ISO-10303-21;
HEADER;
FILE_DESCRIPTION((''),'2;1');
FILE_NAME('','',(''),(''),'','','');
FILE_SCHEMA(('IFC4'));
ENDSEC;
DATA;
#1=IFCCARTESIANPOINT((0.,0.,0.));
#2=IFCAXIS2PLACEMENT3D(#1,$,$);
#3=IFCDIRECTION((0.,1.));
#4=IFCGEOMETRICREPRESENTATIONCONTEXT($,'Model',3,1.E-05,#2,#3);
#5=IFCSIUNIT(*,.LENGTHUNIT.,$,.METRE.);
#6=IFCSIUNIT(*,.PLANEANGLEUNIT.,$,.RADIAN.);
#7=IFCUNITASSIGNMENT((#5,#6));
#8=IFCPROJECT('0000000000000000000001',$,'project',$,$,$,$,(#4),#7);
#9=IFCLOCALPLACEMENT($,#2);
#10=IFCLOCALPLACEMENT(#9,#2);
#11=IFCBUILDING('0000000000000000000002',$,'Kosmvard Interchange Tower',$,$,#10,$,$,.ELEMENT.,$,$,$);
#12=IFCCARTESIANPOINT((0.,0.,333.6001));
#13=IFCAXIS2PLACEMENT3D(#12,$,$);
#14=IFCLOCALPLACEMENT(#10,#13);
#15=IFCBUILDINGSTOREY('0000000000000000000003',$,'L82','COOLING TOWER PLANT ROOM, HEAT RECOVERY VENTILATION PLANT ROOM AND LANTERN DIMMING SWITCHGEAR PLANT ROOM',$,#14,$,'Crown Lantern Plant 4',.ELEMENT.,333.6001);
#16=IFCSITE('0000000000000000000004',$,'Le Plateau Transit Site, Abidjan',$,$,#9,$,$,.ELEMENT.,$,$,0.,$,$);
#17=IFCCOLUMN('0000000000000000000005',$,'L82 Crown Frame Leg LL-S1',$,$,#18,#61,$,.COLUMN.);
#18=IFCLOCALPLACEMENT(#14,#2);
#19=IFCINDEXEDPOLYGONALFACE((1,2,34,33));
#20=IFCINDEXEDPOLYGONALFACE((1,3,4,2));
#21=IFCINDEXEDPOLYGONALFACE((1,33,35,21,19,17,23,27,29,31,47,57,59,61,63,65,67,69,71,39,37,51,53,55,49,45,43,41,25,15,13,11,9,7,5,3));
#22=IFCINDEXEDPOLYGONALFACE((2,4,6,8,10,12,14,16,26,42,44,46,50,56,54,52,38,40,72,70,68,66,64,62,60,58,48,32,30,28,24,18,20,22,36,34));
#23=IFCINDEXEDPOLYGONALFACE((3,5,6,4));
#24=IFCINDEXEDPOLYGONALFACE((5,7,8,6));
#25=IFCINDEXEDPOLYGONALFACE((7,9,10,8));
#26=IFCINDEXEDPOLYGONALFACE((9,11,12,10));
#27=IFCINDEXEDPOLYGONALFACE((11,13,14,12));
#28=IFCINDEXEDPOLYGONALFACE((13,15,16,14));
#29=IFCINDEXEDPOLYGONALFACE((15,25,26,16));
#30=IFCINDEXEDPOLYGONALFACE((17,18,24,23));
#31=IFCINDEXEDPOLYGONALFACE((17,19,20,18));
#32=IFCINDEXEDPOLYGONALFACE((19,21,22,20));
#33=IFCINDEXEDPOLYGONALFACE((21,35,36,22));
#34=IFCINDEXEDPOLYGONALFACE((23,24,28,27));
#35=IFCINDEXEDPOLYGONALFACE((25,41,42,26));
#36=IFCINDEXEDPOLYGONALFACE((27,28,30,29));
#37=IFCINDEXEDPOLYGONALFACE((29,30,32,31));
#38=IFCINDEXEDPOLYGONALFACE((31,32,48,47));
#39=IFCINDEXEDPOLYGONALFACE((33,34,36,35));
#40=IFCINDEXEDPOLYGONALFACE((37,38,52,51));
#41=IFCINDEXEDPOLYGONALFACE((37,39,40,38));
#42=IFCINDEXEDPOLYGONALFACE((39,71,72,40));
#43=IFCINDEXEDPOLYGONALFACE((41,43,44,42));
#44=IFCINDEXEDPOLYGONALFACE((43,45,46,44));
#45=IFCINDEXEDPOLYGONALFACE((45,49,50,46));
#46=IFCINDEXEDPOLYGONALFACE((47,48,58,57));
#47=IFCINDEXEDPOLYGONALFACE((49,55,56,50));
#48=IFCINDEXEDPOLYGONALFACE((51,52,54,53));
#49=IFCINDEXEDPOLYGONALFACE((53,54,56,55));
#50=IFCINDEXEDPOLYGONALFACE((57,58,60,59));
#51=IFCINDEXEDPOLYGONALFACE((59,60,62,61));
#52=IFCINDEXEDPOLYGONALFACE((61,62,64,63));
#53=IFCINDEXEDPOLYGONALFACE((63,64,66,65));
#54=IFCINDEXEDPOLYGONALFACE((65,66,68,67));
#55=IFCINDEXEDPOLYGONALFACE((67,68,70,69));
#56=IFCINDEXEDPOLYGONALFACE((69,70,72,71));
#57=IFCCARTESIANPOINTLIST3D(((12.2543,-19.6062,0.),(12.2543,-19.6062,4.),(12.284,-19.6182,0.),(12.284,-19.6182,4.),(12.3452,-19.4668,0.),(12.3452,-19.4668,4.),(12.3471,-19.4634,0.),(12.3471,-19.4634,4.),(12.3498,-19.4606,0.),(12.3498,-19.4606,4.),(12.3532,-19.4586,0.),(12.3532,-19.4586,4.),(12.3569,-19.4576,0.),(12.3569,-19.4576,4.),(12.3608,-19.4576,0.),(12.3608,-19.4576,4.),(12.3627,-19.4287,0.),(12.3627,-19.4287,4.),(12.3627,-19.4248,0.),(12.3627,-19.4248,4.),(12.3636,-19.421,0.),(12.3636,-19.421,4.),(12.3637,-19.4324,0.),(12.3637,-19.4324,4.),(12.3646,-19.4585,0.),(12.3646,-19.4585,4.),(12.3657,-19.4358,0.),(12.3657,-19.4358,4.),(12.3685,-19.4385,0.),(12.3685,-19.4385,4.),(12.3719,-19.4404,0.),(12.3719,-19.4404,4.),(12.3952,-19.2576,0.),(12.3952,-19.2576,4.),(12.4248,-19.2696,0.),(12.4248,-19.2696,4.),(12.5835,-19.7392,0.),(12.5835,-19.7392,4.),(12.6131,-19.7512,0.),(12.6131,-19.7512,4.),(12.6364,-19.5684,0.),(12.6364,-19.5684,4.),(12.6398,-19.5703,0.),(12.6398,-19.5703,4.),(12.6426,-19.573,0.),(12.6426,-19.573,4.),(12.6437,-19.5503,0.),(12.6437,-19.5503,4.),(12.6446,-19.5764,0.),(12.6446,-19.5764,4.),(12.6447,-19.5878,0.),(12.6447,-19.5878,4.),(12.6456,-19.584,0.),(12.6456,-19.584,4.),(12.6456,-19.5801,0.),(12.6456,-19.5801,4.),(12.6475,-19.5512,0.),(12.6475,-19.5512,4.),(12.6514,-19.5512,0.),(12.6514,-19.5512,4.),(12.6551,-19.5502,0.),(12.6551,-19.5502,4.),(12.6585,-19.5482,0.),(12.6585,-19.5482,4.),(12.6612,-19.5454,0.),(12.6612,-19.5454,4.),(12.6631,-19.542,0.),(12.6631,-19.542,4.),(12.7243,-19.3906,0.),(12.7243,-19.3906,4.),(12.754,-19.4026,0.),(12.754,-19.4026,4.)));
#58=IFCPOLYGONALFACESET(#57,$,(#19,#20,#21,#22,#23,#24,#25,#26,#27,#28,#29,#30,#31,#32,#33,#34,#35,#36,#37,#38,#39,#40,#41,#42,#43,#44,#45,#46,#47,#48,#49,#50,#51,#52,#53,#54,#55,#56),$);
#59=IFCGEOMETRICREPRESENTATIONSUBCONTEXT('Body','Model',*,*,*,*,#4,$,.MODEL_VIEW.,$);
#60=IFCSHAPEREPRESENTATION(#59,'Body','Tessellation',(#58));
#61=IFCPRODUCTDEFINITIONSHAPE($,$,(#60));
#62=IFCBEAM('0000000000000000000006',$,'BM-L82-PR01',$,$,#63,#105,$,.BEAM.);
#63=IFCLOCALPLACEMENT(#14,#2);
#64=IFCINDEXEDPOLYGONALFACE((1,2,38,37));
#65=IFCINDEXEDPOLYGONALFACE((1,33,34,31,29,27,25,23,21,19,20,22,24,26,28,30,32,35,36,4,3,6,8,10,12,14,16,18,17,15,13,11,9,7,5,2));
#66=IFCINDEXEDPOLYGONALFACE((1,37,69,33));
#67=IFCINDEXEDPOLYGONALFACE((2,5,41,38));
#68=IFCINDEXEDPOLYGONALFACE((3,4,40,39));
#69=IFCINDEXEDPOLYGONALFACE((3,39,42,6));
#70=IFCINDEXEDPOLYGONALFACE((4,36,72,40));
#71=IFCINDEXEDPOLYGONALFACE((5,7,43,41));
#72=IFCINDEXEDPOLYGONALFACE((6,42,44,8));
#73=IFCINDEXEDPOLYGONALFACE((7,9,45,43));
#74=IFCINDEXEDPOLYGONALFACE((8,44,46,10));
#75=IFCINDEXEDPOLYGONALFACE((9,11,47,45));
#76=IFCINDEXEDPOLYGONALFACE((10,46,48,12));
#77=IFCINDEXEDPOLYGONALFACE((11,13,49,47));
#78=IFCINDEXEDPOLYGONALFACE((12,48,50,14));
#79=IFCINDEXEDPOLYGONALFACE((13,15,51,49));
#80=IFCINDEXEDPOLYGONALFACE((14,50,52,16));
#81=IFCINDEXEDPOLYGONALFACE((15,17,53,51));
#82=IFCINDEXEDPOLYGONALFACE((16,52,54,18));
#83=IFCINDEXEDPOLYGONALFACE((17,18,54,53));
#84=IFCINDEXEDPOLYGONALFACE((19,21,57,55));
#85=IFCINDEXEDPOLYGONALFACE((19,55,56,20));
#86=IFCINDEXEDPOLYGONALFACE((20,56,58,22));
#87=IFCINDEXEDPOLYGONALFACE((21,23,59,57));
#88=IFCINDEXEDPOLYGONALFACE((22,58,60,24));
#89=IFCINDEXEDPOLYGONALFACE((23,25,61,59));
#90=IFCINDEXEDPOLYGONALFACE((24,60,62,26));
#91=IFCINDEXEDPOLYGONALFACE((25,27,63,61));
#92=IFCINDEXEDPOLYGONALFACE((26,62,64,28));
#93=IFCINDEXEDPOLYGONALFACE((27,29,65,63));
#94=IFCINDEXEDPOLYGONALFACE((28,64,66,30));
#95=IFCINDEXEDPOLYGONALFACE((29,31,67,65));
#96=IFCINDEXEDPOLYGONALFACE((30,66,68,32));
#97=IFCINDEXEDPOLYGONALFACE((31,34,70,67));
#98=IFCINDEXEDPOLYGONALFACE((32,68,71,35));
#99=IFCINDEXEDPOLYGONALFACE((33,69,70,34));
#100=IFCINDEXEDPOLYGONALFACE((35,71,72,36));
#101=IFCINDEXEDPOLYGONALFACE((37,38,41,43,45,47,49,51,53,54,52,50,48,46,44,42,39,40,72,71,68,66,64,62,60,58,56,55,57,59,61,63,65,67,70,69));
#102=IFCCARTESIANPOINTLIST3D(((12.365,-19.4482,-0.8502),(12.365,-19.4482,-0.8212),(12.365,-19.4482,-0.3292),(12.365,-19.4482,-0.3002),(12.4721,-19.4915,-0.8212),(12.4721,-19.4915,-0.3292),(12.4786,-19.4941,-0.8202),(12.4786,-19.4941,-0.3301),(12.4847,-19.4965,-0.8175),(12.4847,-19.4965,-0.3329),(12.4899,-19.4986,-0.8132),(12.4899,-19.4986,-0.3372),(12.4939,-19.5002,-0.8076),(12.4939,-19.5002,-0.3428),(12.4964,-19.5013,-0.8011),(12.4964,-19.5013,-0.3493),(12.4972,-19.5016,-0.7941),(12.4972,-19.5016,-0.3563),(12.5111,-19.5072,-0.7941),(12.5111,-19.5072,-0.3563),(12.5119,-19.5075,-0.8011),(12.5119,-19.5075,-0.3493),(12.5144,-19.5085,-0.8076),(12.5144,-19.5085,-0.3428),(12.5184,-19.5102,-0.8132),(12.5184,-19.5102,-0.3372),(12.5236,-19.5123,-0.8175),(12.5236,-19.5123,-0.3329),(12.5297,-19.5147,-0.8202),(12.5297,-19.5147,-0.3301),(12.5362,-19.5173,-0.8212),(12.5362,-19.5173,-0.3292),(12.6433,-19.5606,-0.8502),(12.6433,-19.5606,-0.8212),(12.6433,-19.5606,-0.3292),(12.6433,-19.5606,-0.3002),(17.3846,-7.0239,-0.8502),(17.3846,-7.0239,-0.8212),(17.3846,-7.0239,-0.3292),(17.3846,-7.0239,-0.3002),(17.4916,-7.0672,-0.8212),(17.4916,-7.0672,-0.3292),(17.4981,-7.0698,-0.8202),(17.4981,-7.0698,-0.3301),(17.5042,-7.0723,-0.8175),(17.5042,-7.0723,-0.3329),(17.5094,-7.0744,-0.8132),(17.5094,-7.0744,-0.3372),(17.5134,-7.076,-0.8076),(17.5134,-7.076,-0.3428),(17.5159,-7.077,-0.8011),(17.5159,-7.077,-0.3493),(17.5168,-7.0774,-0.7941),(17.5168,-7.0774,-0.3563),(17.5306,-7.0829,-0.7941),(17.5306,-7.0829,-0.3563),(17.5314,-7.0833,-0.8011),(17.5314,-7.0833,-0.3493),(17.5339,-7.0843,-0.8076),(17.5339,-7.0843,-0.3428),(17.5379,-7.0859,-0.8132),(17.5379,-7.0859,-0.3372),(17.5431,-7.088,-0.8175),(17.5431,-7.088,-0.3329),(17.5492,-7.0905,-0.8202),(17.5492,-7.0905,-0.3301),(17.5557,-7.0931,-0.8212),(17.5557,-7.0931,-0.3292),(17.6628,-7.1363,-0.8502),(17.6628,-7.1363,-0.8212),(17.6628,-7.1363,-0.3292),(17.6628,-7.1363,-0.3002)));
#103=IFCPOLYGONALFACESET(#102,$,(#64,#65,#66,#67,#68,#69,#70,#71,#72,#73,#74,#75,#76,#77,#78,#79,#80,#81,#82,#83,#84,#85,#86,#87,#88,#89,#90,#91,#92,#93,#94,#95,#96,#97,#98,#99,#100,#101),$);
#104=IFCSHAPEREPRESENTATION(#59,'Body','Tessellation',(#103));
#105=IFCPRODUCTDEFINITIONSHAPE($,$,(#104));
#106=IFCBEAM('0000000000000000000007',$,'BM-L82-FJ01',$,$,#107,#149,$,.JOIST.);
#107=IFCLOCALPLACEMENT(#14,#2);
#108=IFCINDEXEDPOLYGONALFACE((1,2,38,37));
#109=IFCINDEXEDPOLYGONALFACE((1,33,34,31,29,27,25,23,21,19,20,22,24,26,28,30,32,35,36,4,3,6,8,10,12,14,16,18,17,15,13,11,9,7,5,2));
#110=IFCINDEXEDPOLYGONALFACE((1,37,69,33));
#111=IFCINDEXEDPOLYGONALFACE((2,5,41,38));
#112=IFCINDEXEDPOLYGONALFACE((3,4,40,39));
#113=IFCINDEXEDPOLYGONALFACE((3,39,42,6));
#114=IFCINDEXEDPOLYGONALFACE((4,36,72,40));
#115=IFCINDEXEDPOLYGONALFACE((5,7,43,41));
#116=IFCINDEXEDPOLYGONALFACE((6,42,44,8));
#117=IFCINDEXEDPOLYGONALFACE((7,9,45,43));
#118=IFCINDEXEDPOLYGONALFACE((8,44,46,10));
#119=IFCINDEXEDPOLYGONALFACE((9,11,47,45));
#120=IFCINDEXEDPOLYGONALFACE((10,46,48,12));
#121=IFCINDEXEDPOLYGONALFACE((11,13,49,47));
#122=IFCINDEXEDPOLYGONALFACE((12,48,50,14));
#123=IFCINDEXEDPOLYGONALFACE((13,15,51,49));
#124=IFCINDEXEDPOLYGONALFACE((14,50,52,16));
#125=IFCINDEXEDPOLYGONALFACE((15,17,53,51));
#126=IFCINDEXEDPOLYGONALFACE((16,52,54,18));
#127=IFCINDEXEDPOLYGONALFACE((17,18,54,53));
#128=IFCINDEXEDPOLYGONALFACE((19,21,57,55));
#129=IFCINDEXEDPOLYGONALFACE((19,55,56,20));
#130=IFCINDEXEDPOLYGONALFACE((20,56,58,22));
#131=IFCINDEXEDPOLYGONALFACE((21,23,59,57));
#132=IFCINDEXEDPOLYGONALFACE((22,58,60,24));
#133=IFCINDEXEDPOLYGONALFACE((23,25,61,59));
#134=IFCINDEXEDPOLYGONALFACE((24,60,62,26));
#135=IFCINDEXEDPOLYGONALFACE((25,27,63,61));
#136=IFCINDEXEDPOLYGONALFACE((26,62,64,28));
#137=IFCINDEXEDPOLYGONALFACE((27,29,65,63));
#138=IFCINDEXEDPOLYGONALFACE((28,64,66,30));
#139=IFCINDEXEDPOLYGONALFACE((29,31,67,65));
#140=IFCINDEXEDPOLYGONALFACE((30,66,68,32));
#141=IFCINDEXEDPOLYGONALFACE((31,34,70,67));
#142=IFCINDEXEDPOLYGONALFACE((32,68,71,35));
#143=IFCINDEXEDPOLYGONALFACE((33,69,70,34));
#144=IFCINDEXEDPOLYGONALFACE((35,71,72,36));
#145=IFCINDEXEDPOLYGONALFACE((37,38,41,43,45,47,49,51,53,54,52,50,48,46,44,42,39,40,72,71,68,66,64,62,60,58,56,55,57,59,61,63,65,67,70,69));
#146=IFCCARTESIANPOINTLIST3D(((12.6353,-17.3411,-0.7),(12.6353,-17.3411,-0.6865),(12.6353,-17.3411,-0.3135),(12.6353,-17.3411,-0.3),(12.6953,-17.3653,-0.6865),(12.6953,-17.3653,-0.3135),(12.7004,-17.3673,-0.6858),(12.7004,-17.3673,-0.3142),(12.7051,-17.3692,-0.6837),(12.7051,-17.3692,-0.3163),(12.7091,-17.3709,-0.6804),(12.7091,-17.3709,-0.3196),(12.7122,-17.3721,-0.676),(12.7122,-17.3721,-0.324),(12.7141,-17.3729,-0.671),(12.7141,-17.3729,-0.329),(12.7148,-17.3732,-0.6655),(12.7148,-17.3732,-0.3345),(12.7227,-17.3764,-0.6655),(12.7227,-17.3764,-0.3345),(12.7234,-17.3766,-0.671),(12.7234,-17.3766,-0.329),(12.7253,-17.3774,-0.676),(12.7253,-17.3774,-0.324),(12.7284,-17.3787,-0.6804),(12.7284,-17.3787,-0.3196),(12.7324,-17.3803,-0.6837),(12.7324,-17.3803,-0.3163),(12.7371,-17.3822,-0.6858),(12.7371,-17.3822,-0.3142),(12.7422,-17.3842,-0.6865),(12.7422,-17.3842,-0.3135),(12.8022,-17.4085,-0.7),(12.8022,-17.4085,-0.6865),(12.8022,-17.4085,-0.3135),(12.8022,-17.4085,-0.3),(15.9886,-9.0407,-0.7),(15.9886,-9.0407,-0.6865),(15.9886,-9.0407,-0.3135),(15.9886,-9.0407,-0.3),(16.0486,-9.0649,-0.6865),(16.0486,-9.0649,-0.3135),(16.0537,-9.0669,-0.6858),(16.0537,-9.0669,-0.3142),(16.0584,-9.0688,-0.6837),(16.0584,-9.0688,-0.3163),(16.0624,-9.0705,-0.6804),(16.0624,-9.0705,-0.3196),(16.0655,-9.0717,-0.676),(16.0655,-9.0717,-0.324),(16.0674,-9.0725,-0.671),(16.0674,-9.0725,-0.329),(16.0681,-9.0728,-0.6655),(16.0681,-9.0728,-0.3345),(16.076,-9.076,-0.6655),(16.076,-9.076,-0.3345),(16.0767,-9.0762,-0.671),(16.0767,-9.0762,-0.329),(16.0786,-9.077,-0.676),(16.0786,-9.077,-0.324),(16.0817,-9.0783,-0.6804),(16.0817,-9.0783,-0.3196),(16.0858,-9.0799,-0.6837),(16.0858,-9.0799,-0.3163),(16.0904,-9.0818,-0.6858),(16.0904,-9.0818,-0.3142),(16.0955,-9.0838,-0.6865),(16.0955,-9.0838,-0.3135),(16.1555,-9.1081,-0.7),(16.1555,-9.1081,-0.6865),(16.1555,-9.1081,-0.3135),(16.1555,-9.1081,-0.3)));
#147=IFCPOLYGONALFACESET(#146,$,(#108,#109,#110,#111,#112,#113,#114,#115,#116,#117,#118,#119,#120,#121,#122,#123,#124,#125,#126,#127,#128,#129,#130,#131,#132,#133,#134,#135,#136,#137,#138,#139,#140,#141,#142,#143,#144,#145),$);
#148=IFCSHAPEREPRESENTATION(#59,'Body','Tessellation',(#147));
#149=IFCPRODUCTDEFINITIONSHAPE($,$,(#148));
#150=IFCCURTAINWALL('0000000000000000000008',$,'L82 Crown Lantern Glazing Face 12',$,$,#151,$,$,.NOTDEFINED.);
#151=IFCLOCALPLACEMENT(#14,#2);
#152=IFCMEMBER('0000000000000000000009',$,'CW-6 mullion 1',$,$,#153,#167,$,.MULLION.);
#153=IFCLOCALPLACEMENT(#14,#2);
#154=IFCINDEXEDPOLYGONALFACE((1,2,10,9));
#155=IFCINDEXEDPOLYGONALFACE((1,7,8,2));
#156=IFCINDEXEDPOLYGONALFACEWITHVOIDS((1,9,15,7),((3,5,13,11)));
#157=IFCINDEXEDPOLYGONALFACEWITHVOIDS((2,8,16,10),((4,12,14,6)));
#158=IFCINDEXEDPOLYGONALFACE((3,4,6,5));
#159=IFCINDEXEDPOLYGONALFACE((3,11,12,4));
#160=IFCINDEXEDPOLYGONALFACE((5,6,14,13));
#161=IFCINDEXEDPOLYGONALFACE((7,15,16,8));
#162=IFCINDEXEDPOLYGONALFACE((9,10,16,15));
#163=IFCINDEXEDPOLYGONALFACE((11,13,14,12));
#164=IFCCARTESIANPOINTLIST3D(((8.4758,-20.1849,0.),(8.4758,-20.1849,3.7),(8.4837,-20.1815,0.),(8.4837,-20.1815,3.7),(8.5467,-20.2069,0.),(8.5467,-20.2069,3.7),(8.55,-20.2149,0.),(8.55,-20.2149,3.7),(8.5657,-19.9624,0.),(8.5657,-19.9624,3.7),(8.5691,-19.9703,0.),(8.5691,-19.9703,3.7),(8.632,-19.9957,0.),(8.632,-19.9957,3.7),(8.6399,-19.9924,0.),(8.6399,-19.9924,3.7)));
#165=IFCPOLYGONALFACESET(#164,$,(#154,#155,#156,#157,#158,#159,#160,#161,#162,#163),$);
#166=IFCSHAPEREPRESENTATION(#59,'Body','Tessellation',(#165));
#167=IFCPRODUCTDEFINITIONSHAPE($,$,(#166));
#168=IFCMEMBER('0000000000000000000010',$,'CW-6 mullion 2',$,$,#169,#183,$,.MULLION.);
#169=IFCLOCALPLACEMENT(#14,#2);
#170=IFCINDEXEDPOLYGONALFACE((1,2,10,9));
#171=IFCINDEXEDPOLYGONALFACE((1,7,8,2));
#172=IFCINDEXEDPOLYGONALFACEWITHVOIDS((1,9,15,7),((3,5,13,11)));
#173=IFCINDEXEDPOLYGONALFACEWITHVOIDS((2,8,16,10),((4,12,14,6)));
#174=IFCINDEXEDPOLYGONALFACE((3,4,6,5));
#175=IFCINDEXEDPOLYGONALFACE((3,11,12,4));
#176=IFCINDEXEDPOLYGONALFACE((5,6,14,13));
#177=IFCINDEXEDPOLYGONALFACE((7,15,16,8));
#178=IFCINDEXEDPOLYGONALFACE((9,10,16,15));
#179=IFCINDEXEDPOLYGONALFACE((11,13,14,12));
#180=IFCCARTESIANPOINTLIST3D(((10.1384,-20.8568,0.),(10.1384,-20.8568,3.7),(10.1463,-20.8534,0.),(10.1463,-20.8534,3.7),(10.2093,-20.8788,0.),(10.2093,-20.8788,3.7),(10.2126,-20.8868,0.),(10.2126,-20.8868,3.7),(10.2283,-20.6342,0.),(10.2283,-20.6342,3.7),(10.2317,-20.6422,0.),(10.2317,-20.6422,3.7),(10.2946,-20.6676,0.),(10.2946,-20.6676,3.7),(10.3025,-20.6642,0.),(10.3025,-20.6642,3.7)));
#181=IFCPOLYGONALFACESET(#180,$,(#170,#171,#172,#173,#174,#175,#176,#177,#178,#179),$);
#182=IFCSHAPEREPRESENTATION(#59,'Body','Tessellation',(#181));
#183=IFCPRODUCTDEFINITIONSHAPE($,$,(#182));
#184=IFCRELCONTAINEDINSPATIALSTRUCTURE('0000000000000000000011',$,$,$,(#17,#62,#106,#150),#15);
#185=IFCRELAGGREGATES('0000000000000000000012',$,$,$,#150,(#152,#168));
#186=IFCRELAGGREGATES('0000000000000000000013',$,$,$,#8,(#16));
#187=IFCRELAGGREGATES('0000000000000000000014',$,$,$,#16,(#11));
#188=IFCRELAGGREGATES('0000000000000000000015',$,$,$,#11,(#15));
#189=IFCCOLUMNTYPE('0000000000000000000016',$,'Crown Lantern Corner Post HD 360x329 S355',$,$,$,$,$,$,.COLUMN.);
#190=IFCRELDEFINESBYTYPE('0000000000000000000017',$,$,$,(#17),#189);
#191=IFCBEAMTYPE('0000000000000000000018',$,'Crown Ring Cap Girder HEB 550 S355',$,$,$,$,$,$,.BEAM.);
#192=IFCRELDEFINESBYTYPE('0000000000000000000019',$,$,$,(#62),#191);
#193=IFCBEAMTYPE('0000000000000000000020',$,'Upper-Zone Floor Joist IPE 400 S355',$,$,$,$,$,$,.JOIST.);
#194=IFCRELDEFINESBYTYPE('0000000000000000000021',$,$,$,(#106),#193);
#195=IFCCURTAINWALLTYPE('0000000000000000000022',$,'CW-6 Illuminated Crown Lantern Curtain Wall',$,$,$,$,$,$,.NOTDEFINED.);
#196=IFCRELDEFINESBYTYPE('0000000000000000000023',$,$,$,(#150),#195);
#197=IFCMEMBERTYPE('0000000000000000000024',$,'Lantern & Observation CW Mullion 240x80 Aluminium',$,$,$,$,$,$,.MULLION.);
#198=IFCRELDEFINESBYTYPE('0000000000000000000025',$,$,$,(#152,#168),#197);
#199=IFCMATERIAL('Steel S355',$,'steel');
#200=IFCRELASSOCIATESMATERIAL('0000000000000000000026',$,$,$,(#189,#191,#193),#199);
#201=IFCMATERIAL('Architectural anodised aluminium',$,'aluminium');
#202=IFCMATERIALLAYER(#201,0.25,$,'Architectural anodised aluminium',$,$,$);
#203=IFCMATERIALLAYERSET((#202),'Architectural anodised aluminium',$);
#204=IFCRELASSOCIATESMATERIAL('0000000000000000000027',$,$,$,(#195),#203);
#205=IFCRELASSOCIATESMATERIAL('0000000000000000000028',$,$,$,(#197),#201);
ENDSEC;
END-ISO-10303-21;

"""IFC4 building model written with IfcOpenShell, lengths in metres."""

from ifc_helpers import new_model, si_unit, direction, frame, origin, origin_2d, place, context, subcontext, project, spatial, hollow_rectangle, i_section, extrude, source, transform, mapped, material, layer, layer_set, material_profile, profile_set, type_object, element, aggregate, save


model = new_model("IFC4")

# Units and contexts
model_context = context("Model", 3, precision=1e-05, world=origin(), true_north=direction((0.0, 1.0)))
body_context = subcontext(model_context, "Body", "Model", "MODEL_VIEW")
ifc_project = project(units=[si_unit("LENGTHUNIT", "METRE"), si_unit("PLANEANGLEUNIT", "RADIAN")], contexts=[model_context])

# Site, building, storey
site_placement = place(None, origin())
site = spatial("IfcSite", under=ifc_project, at=site_placement, Name="Le Plateau Transit Site, Abidjan", CompositionType="ELEMENT", RefElevation=0.0)
building_placement = place(site_placement, origin())
building = spatial("IfcBuilding", under=site, at=building_placement, Name="Kosmvard Interchange Tower", CompositionType="ELEMENT")
storey_placement = place(building_placement, frame((0.0, 0.0, 333.6001)))
storey = spatial("IfcBuildingStorey", under=building, at=storey_placement, Name="L82", Description="COOLING TOWER PLANT ROOM, HEAT RECOVERY VENTILATION PLANT ROOM AND LANTERN DIMMING SWITCHGEAR PLANT ROOM", LongName="Crown Lantern Plant 4", CompositionType="ELEMENT", Elevation=333.6001)

# Column
ifc_material_1 = material(Name="Steel S355", Category="steel")
ifc_material_profile_1 = material_profile(ifc_material_1, i_section(OverallWidth=0.376, OverallDepth=0.387, WebThickness=0.0195, FlangeThickness=0.032, FilletRadius=0.0149, at=origin_2d()), Name="HD 360x329")
ifc_profile_set_1 = profile_set([ifc_material_profile_1], Name="Steel S355")
column_type = type_object("IfcColumnType", Name="Crown Lantern Corner Post HD 360x329 S355", PredefinedType="COLUMN", material=ifc_profile_set_1)
shared_shape_1 = source(origin(), body_context, "Body", "SweptSolid", [
    extrude(i_section(OverallWidth=0.376, OverallDepth=0.387, WebThickness=0.0195, FlangeThickness=0.032, FilletRadius=0.0149, at=origin_2d()), origin(), (0.0, 0.0, 1.0), 4.0),
])
column_placement = place(storey_placement, frame((12.5042, -19.5044, 0.0), z_axis=(0.0, 0.0, 1.0), x_axis=(0.374607, 0.927184, 0.0)))
element("IfcColumn", 1, at=column_placement, inside=storey, type_object=column_type, Name="L82 Crown Frame Leg LL-S1", PredefinedType="COLUMN", context=body_context, shape_type="MappedRepresentation", body=[
    mapped(shared_shape_1, transform((0.0, 0.0, 0.0), scale=1.0)),
])

# Beams
ifc_material_profile_2 = material_profile(ifc_material_1, i_section(OverallWidth=0.3, OverallDepth=0.55, WebThickness=0.0149, FlangeThickness=0.0291, FilletRadius=0.0271, at=origin_2d()), Name="HEB 550")
ifc_profile_set_2 = profile_set([ifc_material_profile_2], Name="Steel S355")
beam_type_1 = type_object("IfcBeamType", Name="Crown Ring Cap Girder HEB 550 S355", PredefinedType="BEAM", material=ifc_profile_set_2)
shared_shape_2 = source(origin(), body_context, "Body", "SweptSolid", [
    extrude(i_section(OverallWidth=0.3, OverallDepth=0.55, WebThickness=0.0149, FlangeThickness=0.0291, FilletRadius=0.0271, at=origin_2d()), origin(), (0.0, 0.0, 1.0), 13.3999),
])
beam_1_placement = place(storey_placement, frame((12.5042, -19.5044, -0.5752), z_axis=(0.374593, 0.92719, 0.0), x_axis=(-0.92719, 0.374593, 0.0)))
element("IfcBeam", 2, at=beam_1_placement, inside=storey, type_object=beam_type_1, Name="BM-L82-PR01", PredefinedType="BEAM", context=body_context, shape_type="MappedRepresentation", body=[
    mapped(shared_shape_2, transform((0.0, 0.0, 0.0), scale=1.0)),
])
ifc_material_profile_3 = material_profile(ifc_material_1, i_section(OverallWidth=0.1799, OverallDepth=0.3999, WebThickness=0.0085, FlangeThickness=0.0134, FilletRadius=0.021, at=origin_2d()), Name="IPE 400")
ifc_profile_set_3 = profile_set([ifc_material_profile_3], Name="Steel S355")
beam_type_2 = type_object("IfcBeamType", Name="Upper-Zone Floor Joist IPE 400 S355", PredefinedType="JOIST", material=ifc_profile_set_3)
shared_shape_3 = source(origin(), body_context, "Body", "SweptSolid", [
    extrude(i_section(OverallWidth=0.1799, OverallDepth=0.3999, WebThickness=0.0085, FlangeThickness=0.0134, FilletRadius=0.021, at=origin_2d()), origin(), (0.0, 0.0, 1.0), 8.9521),
])
beam_2_placement = place(storey_placement, frame((12.7188, -17.3748, -0.5), z_axis=(0.374581, 0.927194, 0.0), x_axis=(-0.927194, 0.374581, 0.0)))
element("IfcBeam", 3, at=beam_2_placement, inside=storey, type_object=beam_type_2, Name="BM-L82-FJ01", PredefinedType="JOIST", context=body_context, shape_type="MappedRepresentation", body=[
    mapped(shared_shape_3, transform((0.0, 0.0, 0.0), scale=1.0)),
])

# Curtain wall, members
ifc_material_2 = material(Name="Architectural anodised aluminium", Category="aluminium")
ifc_layer_1 = layer(ifc_material_2, 0.25, Name="Architectural anodised aluminium")
ifc_layer_set_1 = layer_set([ifc_layer_1], Name="Architectural anodised aluminium")
curtain_wall_type = type_object("IfcCurtainWallType", Name="CW-6 Illuminated Crown Lantern Curtain Wall", PredefinedType="NOTDEFINED", material=ifc_layer_set_1)
curtain_wall_placement = place(storey_placement, origin())
curtain_wall = element("IfcCurtainWall", 4, at=curtain_wall_placement, inside=storey, type_object=curtain_wall_type, Name="L82 Crown Lantern Glazing Face 12", PredefinedType="NOTDEFINED")
ifc_material_profile_4 = material_profile(ifc_material_2, hollow_rectangle(XDim=0.24, YDim=0.0801, WallThickness=0.0061, at=origin_2d()), Name="CWM 240x80x6")
ifc_profile_set_4 = profile_set([ifc_material_profile_4], Name="Architectural anodised aluminium")
member_type_1 = type_object("IfcMemberType", Name="Lantern & Observation CW Mullion 240x80 Aluminium", PredefinedType="MULLION", material=ifc_profile_set_4)
shared_shape_4 = source(origin(), body_context, "Body", "SweptSolid", [
    extrude(hollow_rectangle(XDim=0.24, YDim=0.0801, WallThickness=0.0061, at=origin_2d()), origin(), (0.0, 0.0, 1.0), 3.7),
])
member_1_placement = place(storey_placement, frame((8.5579, -20.0886, 0.0), z_axis=(0.0, 0.0, 1.0), x_axis=(0.374607, 0.927184, 0.0)))
member_1 = element("IfcMember", 5, at=member_1_placement, type_object=member_type_1, Name="CW-6 mullion 1", PredefinedType="MULLION", context=body_context, shape_type="MappedRepresentation", body=[
    mapped(shared_shape_4, transform((0.0, 0.0, 0.0), scale=1.0)),
])
member_2_placement = place(storey_placement, frame((10.2205, -20.7605, 0.0), z_axis=(0.0, 0.0, 1.0), x_axis=(0.374607, 0.927184, 0.0)))
member_2 = element("IfcMember", 6, at=member_2_placement, type_object=member_type_1, Name="CW-6 mullion 2", PredefinedType="MULLION", context=body_context, shape_type="MappedRepresentation", body=[
    mapped(shared_shape_4, transform((0.0, 0.0, 0.0), scale=1.0)),
])

aggregate(curtain_wall, [member_1, member_2])

save(model, "model.ifc")
